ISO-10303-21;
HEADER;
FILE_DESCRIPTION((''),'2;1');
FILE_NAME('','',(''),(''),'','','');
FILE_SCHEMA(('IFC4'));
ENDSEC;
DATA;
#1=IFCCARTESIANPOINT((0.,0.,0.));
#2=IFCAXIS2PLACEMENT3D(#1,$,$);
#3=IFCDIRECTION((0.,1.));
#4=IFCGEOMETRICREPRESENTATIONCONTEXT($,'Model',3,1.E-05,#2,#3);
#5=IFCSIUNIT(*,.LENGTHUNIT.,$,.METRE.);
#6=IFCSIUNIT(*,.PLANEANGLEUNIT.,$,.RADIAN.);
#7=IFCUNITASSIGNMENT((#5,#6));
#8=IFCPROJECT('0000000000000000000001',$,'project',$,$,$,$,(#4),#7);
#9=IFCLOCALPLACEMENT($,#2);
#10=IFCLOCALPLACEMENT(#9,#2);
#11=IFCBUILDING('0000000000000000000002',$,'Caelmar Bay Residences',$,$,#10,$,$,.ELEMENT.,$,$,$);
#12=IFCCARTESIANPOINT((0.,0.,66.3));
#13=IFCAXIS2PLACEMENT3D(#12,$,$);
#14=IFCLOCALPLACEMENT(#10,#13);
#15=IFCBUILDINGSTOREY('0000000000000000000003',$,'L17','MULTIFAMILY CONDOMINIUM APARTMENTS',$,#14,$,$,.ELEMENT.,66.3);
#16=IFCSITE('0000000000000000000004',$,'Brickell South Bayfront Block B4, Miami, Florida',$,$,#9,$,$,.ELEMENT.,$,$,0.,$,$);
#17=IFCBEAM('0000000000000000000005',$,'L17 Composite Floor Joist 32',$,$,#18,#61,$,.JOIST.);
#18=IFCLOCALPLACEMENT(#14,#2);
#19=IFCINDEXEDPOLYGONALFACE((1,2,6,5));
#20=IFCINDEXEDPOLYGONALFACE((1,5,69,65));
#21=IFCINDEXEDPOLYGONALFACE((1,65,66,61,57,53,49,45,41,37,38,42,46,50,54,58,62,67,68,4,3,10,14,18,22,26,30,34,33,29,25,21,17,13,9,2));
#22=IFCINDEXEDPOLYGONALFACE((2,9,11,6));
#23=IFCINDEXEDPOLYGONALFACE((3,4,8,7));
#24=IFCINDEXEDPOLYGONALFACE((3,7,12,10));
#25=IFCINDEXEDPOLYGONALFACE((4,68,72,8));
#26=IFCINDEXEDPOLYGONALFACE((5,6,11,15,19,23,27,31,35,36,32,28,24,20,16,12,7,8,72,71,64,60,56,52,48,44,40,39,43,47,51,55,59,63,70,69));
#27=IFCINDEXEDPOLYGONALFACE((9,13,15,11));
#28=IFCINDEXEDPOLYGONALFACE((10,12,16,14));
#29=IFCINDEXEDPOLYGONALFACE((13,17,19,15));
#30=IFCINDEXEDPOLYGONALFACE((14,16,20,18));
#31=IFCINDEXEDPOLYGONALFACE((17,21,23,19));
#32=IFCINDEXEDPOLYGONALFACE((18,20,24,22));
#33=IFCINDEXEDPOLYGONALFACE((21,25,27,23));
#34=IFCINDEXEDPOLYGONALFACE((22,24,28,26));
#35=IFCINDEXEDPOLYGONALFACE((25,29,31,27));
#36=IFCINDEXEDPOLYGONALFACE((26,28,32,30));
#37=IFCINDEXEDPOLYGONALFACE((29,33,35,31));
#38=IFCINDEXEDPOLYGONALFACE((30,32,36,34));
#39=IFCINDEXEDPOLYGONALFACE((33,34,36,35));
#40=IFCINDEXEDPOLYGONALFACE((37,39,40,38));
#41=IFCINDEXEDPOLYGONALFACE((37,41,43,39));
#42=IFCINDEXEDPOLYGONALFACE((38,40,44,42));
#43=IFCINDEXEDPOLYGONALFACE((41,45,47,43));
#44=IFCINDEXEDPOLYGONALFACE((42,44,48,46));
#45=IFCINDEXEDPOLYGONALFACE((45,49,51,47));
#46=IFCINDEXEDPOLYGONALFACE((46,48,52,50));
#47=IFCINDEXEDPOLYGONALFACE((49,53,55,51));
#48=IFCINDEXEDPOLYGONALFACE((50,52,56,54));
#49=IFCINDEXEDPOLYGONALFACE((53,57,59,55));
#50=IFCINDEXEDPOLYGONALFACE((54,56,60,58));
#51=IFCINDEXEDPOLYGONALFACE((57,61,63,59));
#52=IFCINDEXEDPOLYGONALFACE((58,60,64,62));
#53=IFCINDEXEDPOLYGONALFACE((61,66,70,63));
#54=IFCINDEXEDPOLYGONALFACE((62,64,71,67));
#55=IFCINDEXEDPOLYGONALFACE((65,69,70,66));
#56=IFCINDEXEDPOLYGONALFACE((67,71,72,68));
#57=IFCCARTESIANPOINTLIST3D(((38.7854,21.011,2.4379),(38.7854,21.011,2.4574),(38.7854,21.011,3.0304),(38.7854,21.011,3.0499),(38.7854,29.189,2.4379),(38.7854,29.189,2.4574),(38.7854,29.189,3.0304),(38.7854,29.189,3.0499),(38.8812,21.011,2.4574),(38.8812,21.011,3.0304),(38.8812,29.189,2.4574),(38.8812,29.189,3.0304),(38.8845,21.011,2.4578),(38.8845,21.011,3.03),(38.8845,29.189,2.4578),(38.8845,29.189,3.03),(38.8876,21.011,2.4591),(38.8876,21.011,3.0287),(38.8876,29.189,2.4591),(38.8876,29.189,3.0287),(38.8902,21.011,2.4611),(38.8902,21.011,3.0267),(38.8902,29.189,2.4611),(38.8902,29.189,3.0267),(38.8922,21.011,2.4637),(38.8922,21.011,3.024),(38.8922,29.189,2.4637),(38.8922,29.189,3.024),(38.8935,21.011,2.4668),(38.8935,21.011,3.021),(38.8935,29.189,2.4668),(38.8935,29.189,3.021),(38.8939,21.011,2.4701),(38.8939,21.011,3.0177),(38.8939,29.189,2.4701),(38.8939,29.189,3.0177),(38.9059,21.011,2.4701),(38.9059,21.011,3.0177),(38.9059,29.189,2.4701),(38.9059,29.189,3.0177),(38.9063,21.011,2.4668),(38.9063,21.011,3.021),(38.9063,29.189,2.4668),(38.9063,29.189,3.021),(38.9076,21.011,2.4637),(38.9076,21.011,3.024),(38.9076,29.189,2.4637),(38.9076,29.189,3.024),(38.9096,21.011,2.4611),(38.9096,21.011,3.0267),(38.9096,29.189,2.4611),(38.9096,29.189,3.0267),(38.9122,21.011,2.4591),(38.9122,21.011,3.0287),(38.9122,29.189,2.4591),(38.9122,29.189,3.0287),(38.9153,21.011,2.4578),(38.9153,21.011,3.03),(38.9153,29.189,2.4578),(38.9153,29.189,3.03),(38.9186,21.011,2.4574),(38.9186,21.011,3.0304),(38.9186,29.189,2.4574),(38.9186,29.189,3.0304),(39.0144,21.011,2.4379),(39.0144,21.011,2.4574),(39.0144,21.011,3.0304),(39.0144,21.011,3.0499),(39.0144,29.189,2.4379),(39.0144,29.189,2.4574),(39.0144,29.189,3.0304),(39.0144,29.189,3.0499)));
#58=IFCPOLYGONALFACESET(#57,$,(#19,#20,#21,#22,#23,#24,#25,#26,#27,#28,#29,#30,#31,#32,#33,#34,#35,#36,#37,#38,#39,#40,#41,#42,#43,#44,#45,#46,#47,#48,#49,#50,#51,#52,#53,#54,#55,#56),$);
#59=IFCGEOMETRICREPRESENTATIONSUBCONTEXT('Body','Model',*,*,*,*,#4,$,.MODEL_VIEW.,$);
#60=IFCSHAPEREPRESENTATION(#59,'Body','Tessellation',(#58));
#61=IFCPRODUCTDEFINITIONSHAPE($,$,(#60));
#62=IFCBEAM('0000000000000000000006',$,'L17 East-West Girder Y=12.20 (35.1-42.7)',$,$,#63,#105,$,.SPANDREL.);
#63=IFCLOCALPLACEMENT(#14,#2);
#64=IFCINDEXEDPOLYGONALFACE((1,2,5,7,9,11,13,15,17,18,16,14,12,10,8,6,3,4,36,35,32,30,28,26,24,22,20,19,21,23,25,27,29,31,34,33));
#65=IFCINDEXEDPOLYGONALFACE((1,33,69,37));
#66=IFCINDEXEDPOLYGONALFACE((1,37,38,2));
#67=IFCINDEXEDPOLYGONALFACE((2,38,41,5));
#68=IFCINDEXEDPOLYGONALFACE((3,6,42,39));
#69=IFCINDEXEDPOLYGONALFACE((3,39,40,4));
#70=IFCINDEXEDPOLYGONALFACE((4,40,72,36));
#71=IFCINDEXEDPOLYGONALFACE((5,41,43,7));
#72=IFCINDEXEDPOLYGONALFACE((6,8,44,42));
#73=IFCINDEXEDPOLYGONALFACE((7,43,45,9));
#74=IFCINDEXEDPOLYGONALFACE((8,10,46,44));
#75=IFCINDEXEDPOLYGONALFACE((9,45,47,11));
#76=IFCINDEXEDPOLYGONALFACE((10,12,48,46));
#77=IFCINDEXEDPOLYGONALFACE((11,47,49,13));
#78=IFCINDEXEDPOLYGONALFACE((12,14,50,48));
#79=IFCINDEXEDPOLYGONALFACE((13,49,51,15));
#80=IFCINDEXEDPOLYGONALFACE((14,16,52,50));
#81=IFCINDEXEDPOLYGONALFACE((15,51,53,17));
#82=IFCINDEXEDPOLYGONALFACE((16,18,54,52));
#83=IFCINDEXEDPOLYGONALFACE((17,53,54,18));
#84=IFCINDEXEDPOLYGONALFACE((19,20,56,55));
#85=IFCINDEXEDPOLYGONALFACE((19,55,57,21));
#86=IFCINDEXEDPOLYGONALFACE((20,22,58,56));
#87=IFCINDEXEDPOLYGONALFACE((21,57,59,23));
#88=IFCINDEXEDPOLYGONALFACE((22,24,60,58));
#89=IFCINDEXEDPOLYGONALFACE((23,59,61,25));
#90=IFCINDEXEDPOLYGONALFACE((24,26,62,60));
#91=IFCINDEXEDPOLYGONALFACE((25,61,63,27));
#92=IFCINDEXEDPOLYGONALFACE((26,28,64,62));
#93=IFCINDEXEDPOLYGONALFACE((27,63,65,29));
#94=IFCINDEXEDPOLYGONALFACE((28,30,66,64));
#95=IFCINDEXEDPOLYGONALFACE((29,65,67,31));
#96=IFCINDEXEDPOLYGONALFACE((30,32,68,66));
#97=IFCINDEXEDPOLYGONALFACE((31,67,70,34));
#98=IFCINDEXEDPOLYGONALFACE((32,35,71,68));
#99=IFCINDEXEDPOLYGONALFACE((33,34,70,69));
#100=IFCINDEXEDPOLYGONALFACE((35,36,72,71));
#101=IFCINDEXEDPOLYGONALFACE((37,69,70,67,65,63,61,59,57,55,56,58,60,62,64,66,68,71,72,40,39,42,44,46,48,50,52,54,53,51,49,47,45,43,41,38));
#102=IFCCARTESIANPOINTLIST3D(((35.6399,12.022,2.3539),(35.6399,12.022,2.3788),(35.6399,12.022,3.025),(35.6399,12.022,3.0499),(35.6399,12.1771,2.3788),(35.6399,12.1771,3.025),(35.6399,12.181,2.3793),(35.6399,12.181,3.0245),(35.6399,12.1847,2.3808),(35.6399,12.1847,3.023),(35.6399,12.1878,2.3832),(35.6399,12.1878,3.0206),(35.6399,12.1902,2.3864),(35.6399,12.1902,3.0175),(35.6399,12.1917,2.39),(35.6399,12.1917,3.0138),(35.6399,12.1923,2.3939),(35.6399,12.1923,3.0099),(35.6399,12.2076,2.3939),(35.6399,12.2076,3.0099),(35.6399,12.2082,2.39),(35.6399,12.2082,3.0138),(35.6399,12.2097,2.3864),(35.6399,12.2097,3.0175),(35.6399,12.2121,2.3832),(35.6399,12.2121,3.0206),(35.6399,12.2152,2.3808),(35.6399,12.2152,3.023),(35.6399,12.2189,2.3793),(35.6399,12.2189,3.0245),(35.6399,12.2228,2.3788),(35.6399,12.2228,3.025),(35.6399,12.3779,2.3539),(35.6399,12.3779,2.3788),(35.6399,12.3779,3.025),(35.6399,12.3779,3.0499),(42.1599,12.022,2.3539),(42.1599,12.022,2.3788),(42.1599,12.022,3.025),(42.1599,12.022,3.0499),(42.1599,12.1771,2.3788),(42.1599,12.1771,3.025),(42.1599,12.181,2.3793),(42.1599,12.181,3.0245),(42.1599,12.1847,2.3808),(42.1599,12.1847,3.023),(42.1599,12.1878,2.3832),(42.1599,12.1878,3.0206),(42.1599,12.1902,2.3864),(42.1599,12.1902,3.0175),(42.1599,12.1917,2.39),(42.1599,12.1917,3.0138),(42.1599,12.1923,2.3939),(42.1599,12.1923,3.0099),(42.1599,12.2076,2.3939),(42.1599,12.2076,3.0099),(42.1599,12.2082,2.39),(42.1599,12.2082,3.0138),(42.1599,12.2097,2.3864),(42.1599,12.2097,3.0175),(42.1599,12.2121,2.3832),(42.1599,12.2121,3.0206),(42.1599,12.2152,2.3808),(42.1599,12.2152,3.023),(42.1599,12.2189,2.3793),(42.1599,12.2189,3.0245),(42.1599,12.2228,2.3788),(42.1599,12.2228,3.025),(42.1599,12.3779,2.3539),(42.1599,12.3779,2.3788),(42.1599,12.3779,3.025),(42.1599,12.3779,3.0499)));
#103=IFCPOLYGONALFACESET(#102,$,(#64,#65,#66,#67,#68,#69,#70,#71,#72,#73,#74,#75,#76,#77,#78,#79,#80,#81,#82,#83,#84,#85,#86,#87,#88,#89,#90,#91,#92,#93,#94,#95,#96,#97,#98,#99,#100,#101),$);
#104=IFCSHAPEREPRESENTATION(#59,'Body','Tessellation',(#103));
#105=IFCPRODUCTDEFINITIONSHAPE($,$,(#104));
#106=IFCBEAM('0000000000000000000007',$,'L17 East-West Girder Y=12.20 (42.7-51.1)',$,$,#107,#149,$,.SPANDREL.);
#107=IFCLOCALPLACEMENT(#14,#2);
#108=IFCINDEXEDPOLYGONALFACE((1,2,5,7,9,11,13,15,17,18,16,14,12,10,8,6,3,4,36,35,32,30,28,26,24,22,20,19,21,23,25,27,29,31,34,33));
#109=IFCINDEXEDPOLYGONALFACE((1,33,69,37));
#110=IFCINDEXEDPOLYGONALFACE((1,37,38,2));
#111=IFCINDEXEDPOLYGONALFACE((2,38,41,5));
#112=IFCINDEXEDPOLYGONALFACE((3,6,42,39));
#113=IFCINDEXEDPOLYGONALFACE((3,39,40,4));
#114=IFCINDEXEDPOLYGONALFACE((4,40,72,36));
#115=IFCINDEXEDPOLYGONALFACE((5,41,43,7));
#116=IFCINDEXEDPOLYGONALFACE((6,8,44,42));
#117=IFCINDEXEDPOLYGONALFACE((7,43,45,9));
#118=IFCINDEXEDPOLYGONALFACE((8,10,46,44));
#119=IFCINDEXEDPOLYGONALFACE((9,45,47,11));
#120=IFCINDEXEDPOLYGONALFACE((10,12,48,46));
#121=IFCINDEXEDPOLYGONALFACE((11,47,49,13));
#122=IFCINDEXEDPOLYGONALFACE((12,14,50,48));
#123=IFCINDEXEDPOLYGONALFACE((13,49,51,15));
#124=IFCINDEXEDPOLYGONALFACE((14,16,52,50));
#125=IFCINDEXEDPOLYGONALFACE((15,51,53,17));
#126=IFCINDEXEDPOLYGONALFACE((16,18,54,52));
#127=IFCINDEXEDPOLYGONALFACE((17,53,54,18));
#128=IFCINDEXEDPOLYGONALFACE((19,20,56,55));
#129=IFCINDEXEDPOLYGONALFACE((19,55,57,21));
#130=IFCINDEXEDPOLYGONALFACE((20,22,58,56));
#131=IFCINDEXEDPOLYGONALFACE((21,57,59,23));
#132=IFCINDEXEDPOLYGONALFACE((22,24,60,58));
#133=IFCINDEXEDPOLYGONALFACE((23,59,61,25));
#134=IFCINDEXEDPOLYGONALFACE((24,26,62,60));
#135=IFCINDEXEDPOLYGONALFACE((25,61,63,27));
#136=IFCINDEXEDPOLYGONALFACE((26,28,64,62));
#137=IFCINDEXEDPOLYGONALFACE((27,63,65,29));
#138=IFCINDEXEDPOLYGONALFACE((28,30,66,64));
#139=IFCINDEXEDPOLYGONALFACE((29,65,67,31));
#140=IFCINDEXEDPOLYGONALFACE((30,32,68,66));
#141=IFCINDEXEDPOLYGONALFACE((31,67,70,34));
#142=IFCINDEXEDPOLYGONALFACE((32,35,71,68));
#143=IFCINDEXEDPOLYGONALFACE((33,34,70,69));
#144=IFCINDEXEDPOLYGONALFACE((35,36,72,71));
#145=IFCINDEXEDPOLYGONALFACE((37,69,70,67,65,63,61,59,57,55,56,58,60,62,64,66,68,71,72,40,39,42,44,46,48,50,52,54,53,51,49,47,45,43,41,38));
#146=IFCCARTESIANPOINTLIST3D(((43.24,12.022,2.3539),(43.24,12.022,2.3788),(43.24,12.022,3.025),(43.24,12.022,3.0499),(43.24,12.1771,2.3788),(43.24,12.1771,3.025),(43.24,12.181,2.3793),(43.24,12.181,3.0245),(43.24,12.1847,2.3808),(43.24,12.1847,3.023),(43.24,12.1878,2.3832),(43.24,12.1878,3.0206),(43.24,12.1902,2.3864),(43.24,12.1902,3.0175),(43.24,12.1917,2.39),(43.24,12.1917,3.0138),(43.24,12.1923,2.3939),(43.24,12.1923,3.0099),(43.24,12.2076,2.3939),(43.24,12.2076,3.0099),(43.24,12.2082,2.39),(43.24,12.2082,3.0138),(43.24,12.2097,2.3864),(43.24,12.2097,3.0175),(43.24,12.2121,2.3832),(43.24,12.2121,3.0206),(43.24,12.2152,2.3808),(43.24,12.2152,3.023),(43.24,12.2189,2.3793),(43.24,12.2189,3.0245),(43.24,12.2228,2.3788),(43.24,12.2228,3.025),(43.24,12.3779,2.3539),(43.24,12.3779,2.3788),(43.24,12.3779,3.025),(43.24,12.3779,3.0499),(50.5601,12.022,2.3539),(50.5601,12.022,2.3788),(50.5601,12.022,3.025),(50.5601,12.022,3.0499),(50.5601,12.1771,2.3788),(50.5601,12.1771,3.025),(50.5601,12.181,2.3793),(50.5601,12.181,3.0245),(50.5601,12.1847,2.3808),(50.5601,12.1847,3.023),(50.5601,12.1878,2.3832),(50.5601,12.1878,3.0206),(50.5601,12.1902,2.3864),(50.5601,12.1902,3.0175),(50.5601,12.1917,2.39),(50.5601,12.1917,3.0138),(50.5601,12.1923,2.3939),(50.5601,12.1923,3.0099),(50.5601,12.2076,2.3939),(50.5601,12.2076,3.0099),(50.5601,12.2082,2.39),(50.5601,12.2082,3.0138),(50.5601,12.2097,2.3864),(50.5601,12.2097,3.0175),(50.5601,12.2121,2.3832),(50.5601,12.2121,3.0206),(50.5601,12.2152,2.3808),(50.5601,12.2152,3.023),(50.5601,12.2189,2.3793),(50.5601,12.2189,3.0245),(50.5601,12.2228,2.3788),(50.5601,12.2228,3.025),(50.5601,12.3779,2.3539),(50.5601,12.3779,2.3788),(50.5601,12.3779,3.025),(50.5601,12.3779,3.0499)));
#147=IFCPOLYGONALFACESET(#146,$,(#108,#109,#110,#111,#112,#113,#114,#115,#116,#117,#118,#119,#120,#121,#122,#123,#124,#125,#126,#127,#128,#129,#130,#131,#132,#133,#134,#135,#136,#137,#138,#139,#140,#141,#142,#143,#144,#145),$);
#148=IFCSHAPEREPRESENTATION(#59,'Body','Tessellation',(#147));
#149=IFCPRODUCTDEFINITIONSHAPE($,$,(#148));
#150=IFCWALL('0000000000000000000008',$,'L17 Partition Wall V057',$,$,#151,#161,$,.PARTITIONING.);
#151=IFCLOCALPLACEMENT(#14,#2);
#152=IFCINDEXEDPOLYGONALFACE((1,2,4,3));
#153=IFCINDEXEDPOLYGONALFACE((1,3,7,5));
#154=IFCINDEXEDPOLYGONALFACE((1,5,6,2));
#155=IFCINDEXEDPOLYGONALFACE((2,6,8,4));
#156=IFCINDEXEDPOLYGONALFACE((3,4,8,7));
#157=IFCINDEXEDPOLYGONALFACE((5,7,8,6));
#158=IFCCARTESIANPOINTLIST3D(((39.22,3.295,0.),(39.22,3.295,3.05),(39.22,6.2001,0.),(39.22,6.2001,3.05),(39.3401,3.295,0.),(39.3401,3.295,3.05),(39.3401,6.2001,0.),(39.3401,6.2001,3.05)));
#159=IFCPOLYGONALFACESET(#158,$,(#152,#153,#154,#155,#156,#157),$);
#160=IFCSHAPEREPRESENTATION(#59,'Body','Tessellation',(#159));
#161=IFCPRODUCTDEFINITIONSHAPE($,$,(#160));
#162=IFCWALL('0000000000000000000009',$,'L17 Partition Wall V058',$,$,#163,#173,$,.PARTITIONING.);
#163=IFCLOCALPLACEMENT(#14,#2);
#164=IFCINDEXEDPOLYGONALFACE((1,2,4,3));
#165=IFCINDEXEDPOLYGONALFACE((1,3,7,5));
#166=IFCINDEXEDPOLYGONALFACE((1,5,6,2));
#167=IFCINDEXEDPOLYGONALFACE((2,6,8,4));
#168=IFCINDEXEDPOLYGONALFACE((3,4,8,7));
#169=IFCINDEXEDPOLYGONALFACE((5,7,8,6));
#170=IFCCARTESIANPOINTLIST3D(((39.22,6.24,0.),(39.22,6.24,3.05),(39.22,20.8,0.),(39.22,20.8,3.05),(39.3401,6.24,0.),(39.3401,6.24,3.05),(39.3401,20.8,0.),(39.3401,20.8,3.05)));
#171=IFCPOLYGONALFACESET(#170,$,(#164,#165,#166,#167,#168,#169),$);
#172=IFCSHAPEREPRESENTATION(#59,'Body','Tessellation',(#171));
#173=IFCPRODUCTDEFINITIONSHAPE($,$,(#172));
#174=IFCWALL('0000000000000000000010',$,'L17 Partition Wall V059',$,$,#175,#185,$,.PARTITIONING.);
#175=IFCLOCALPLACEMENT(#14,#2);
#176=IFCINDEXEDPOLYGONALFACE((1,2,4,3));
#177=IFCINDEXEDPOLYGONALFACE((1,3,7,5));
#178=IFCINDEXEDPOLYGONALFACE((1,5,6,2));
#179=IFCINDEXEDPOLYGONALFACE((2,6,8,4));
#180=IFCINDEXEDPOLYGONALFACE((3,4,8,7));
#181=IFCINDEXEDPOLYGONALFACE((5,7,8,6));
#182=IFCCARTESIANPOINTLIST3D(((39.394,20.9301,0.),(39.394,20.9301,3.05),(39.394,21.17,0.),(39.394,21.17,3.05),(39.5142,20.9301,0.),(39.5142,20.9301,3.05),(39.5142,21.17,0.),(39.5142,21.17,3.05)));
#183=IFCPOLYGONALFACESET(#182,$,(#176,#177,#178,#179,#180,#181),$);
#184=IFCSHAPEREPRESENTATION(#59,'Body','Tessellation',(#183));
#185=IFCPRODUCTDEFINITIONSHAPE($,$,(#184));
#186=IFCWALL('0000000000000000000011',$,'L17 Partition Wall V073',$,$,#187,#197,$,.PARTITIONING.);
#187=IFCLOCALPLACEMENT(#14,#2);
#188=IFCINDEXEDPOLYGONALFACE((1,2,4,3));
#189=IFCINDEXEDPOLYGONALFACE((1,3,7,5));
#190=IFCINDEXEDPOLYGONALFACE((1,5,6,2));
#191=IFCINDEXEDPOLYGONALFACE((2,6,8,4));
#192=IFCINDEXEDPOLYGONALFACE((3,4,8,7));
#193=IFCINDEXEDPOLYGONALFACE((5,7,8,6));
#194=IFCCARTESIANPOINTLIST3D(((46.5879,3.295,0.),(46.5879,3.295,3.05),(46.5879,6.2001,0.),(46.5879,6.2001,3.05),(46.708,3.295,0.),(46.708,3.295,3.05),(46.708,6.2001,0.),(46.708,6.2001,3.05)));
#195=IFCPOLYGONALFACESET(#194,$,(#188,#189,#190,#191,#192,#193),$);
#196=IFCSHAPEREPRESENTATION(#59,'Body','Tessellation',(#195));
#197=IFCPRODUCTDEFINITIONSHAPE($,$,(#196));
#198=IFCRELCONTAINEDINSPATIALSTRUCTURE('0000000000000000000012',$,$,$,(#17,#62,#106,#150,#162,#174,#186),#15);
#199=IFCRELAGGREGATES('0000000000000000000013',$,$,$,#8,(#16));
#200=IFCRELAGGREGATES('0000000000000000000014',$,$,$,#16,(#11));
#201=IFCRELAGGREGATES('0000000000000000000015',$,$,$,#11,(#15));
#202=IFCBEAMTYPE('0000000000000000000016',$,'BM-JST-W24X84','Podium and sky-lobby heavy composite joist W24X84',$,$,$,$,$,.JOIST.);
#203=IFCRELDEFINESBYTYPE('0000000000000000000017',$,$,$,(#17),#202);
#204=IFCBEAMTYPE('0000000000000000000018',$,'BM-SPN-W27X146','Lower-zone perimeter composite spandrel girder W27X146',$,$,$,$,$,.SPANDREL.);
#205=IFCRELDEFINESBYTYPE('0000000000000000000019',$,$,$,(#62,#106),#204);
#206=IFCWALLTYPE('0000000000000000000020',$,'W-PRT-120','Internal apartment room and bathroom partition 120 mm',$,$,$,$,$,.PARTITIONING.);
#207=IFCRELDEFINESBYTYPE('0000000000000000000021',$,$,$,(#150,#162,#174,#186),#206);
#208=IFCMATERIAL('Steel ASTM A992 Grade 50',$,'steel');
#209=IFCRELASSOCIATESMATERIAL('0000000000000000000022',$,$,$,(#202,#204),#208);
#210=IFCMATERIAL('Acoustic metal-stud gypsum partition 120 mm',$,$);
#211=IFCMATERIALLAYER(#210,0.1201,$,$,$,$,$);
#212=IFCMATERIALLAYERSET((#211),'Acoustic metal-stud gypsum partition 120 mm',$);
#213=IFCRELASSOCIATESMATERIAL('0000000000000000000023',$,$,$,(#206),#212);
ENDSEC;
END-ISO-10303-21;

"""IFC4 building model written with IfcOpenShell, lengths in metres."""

from ifc_helpers import new_model, si_unit, direction, frame, frame_2d, origin, origin_2d, place, context, subcontext, project, spatial, rectangle, i_section, extrude, material, layer, layer_set, material_profile, profile_set, type_object, element, save


model = new_model("IFC4")

# Units and contexts
model_context = context("Model", 3, precision=1e-05, world=origin(), true_north=direction((0.0, 1.0)))
body_context = subcontext(model_context, "Body", "Model", "MODEL_VIEW")
ifc_project = project(units=[si_unit("LENGTHUNIT", "METRE"), si_unit("PLANEANGLEUNIT", "RADIAN")], contexts=[model_context])

# Site, building, storey
site_placement = place(None, origin())
site = spatial("IfcSite", under=ifc_project, at=site_placement, Name="Brickell South Bayfront Block B4, Miami, Florida", CompositionType="ELEMENT", RefElevation=0.0)
building_placement = place(site_placement, origin())
building = spatial("IfcBuilding", under=site, at=building_placement, Name="Caelmar Bay Residences", CompositionType="ELEMENT")
storey_placement = place(building_placement, frame((0.0, 0.0, 66.3)))
storey = spatial("IfcBuildingStorey", under=building, at=storey_placement, Name="L17", Description="MULTIFAMILY CONDOMINIUM APARTMENTS", CompositionType="ELEMENT", Elevation=66.3)

# Beams
ifc_material_1 = material(Name="Steel ASTM A992 Grade 50", Category="steel")
ifc_material_profile_1 = material_profile(ifc_material_1, i_section(OverallWidth=0.229, OverallDepth=0.6121, WebThickness=0.012, FlangeThickness=0.0195, FilletRadius=0.0127, at=origin_2d()), Name="W24X84")
ifc_profile_set_1 = profile_set([ifc_material_profile_1], Name="Steel ASTM A992 Grade 50")
beam_type_1 = type_object("IfcBeamType", Name="BM-JST-W24X84", Description="Podium and sky-lobby heavy composite joist W24X84", PredefinedType="JOIST", material=ifc_profile_set_1)
beam_1_placement = place(storey_placement, frame((38.8999, 21.011, 2.7439), z_axis=(0.0, 1.0, 0.0), x_axis=(-1.0, 0.0, 0.0)))
element("IfcBeam", 1, at=beam_1_placement, inside=storey, type_object=beam_type_1, Name="L17 Composite Floor Joist 32", PredefinedType="JOIST", context=body_context, shape_type="SweptSolid", body=[
    extrude(i_section(OverallWidth=0.229, OverallDepth=0.6121, WebThickness=0.012, FlangeThickness=0.0195, FilletRadius=0.0127, at=origin_2d()), origin(), (0.0, 0.0, 1.0), 8.178),
])
ifc_material_profile_2 = material_profile(ifc_material_1, i_section(OverallWidth=0.356, OverallDepth=0.696, WebThickness=0.0154, FlangeThickness=0.0249, FilletRadius=0.0151, at=origin_2d()), Name="W27X146")
ifc_profile_set_2 = profile_set([ifc_material_profile_2], Name="Steel ASTM A992 Grade 50")
beam_type_2 = type_object("IfcBeamType", Name="BM-SPN-W27X146", Description="Lower-zone perimeter composite spandrel girder W27X146", PredefinedType="SPANDREL", material=ifc_profile_set_2)
beam_2_placement = place(storey_placement, frame((35.6399, 12.2, 2.7019), z_axis=(1.0, 0.0, 0.0), x_axis=(0.0, 1.0, 0.0)))
element("IfcBeam", 2, at=beam_2_placement, inside=storey, type_object=beam_type_2, Name="L17 East-West Girder Y=12.20 (35.1-42.7)", PredefinedType="SPANDREL", context=body_context, shape_type="SweptSolid", body=[
    extrude(i_section(OverallWidth=0.356, OverallDepth=0.696, WebThickness=0.0154, FlangeThickness=0.0249, FilletRadius=0.0151, at=origin_2d()), origin(), (0.0, 0.0, 1.0), 6.52),
])
beam_3_placement = place(storey_placement, frame((43.24, 12.2, 2.7019), z_axis=(1.0, 0.0, 0.0), x_axis=(0.0, 1.0, 0.0)))
element("IfcBeam", 3, at=beam_3_placement, inside=storey, type_object=beam_type_2, Name="L17 East-West Girder Y=12.20 (42.7-51.1)", PredefinedType="SPANDREL", context=body_context, shape_type="SweptSolid", body=[
    extrude(i_section(OverallWidth=0.356, OverallDepth=0.696, WebThickness=0.0154, FlangeThickness=0.0249, FilletRadius=0.0151, at=origin_2d()), origin(), (0.0, 0.0, 1.0), 7.3201),
])

# Walls
ifc_material_2 = material(Name="Acoustic metal-stud gypsum partition 120 mm")
ifc_layer_1 = layer(ifc_material_2, 0.1201)
ifc_layer_set_1 = layer_set([ifc_layer_1], Name="Acoustic metal-stud gypsum partition 120 mm")
wall_type_1 = type_object("IfcWallType", Name="W-PRT-120", Description="Internal apartment room and bathroom partition 120 mm", PredefinedType="PARTITIONING", material=ifc_layer_set_1)
wall_1_placement = place(storey_placement, frame((39.28, 3.2949, 0.0), z_axis=(0.0, 0.0, 1.0), x_axis=(0.0, 1.0, 0.0)))
element("IfcWall", 4, at=wall_1_placement, inside=storey, type_object=wall_type_1, Name="L17 Partition Wall V057", PredefinedType="PARTITIONING", context=body_context, shape_type="SweptSolid", body=[
    extrude(rectangle(XDim=2.905, YDim=0.1201, at=frame_2d((1.4526, 0.0))), origin(), (0.0, 0.0, 1.0), 3.05),
])
wall_2_placement = place(storey_placement, frame((39.28, 6.24, 0.0), z_axis=(0.0, 0.0, 1.0), x_axis=(0.0, 1.0, 0.0)))
element("IfcWall", 5, at=wall_2_placement, inside=storey, type_object=wall_type_1, Name="L17 Partition Wall V058", PredefinedType="PARTITIONING", context=body_context, shape_type="SweptSolid", body=[
    extrude(rectangle(XDim=14.5601, YDim=0.1201, at=frame_2d((7.28, 0.0))), origin(), (0.0, 0.0, 1.0), 3.05),
])
wall_3_placement = place(storey_placement, frame((39.4541, 20.9299, 0.0), z_axis=(0.0, 0.0, 1.0), x_axis=(0.0, 1.0, 0.0)))
element("IfcWall", 6, at=wall_3_placement, inside=storey, type_object=wall_type_1, Name="L17 Partition Wall V059", PredefinedType="PARTITIONING", context=body_context, shape_type="SweptSolid", body=[
    extrude(rectangle(XDim=0.24, YDim=0.1201, at=frame_2d((0.1201, 0.0))), origin(), (0.0, 0.0, 1.0), 3.05),
])
wall_4_placement = place(storey_placement, frame((46.6479, 3.2949, 0.0), z_axis=(0.0, 0.0, 1.0), x_axis=(0.0, 1.0, 0.0)))
element("IfcWall", 7, at=wall_4_placement, inside=storey, type_object=wall_type_1, Name="L17 Partition Wall V073", PredefinedType="PARTITIONING", context=body_context, shape_type="SweptSolid", body=[
    extrude(rectangle(XDim=2.905, YDim=0.1201, at=frame_2d((1.4526, 0.0))), origin(), (0.0, 0.0, 1.0), 3.05),
])

save(model, "model.ifc")
